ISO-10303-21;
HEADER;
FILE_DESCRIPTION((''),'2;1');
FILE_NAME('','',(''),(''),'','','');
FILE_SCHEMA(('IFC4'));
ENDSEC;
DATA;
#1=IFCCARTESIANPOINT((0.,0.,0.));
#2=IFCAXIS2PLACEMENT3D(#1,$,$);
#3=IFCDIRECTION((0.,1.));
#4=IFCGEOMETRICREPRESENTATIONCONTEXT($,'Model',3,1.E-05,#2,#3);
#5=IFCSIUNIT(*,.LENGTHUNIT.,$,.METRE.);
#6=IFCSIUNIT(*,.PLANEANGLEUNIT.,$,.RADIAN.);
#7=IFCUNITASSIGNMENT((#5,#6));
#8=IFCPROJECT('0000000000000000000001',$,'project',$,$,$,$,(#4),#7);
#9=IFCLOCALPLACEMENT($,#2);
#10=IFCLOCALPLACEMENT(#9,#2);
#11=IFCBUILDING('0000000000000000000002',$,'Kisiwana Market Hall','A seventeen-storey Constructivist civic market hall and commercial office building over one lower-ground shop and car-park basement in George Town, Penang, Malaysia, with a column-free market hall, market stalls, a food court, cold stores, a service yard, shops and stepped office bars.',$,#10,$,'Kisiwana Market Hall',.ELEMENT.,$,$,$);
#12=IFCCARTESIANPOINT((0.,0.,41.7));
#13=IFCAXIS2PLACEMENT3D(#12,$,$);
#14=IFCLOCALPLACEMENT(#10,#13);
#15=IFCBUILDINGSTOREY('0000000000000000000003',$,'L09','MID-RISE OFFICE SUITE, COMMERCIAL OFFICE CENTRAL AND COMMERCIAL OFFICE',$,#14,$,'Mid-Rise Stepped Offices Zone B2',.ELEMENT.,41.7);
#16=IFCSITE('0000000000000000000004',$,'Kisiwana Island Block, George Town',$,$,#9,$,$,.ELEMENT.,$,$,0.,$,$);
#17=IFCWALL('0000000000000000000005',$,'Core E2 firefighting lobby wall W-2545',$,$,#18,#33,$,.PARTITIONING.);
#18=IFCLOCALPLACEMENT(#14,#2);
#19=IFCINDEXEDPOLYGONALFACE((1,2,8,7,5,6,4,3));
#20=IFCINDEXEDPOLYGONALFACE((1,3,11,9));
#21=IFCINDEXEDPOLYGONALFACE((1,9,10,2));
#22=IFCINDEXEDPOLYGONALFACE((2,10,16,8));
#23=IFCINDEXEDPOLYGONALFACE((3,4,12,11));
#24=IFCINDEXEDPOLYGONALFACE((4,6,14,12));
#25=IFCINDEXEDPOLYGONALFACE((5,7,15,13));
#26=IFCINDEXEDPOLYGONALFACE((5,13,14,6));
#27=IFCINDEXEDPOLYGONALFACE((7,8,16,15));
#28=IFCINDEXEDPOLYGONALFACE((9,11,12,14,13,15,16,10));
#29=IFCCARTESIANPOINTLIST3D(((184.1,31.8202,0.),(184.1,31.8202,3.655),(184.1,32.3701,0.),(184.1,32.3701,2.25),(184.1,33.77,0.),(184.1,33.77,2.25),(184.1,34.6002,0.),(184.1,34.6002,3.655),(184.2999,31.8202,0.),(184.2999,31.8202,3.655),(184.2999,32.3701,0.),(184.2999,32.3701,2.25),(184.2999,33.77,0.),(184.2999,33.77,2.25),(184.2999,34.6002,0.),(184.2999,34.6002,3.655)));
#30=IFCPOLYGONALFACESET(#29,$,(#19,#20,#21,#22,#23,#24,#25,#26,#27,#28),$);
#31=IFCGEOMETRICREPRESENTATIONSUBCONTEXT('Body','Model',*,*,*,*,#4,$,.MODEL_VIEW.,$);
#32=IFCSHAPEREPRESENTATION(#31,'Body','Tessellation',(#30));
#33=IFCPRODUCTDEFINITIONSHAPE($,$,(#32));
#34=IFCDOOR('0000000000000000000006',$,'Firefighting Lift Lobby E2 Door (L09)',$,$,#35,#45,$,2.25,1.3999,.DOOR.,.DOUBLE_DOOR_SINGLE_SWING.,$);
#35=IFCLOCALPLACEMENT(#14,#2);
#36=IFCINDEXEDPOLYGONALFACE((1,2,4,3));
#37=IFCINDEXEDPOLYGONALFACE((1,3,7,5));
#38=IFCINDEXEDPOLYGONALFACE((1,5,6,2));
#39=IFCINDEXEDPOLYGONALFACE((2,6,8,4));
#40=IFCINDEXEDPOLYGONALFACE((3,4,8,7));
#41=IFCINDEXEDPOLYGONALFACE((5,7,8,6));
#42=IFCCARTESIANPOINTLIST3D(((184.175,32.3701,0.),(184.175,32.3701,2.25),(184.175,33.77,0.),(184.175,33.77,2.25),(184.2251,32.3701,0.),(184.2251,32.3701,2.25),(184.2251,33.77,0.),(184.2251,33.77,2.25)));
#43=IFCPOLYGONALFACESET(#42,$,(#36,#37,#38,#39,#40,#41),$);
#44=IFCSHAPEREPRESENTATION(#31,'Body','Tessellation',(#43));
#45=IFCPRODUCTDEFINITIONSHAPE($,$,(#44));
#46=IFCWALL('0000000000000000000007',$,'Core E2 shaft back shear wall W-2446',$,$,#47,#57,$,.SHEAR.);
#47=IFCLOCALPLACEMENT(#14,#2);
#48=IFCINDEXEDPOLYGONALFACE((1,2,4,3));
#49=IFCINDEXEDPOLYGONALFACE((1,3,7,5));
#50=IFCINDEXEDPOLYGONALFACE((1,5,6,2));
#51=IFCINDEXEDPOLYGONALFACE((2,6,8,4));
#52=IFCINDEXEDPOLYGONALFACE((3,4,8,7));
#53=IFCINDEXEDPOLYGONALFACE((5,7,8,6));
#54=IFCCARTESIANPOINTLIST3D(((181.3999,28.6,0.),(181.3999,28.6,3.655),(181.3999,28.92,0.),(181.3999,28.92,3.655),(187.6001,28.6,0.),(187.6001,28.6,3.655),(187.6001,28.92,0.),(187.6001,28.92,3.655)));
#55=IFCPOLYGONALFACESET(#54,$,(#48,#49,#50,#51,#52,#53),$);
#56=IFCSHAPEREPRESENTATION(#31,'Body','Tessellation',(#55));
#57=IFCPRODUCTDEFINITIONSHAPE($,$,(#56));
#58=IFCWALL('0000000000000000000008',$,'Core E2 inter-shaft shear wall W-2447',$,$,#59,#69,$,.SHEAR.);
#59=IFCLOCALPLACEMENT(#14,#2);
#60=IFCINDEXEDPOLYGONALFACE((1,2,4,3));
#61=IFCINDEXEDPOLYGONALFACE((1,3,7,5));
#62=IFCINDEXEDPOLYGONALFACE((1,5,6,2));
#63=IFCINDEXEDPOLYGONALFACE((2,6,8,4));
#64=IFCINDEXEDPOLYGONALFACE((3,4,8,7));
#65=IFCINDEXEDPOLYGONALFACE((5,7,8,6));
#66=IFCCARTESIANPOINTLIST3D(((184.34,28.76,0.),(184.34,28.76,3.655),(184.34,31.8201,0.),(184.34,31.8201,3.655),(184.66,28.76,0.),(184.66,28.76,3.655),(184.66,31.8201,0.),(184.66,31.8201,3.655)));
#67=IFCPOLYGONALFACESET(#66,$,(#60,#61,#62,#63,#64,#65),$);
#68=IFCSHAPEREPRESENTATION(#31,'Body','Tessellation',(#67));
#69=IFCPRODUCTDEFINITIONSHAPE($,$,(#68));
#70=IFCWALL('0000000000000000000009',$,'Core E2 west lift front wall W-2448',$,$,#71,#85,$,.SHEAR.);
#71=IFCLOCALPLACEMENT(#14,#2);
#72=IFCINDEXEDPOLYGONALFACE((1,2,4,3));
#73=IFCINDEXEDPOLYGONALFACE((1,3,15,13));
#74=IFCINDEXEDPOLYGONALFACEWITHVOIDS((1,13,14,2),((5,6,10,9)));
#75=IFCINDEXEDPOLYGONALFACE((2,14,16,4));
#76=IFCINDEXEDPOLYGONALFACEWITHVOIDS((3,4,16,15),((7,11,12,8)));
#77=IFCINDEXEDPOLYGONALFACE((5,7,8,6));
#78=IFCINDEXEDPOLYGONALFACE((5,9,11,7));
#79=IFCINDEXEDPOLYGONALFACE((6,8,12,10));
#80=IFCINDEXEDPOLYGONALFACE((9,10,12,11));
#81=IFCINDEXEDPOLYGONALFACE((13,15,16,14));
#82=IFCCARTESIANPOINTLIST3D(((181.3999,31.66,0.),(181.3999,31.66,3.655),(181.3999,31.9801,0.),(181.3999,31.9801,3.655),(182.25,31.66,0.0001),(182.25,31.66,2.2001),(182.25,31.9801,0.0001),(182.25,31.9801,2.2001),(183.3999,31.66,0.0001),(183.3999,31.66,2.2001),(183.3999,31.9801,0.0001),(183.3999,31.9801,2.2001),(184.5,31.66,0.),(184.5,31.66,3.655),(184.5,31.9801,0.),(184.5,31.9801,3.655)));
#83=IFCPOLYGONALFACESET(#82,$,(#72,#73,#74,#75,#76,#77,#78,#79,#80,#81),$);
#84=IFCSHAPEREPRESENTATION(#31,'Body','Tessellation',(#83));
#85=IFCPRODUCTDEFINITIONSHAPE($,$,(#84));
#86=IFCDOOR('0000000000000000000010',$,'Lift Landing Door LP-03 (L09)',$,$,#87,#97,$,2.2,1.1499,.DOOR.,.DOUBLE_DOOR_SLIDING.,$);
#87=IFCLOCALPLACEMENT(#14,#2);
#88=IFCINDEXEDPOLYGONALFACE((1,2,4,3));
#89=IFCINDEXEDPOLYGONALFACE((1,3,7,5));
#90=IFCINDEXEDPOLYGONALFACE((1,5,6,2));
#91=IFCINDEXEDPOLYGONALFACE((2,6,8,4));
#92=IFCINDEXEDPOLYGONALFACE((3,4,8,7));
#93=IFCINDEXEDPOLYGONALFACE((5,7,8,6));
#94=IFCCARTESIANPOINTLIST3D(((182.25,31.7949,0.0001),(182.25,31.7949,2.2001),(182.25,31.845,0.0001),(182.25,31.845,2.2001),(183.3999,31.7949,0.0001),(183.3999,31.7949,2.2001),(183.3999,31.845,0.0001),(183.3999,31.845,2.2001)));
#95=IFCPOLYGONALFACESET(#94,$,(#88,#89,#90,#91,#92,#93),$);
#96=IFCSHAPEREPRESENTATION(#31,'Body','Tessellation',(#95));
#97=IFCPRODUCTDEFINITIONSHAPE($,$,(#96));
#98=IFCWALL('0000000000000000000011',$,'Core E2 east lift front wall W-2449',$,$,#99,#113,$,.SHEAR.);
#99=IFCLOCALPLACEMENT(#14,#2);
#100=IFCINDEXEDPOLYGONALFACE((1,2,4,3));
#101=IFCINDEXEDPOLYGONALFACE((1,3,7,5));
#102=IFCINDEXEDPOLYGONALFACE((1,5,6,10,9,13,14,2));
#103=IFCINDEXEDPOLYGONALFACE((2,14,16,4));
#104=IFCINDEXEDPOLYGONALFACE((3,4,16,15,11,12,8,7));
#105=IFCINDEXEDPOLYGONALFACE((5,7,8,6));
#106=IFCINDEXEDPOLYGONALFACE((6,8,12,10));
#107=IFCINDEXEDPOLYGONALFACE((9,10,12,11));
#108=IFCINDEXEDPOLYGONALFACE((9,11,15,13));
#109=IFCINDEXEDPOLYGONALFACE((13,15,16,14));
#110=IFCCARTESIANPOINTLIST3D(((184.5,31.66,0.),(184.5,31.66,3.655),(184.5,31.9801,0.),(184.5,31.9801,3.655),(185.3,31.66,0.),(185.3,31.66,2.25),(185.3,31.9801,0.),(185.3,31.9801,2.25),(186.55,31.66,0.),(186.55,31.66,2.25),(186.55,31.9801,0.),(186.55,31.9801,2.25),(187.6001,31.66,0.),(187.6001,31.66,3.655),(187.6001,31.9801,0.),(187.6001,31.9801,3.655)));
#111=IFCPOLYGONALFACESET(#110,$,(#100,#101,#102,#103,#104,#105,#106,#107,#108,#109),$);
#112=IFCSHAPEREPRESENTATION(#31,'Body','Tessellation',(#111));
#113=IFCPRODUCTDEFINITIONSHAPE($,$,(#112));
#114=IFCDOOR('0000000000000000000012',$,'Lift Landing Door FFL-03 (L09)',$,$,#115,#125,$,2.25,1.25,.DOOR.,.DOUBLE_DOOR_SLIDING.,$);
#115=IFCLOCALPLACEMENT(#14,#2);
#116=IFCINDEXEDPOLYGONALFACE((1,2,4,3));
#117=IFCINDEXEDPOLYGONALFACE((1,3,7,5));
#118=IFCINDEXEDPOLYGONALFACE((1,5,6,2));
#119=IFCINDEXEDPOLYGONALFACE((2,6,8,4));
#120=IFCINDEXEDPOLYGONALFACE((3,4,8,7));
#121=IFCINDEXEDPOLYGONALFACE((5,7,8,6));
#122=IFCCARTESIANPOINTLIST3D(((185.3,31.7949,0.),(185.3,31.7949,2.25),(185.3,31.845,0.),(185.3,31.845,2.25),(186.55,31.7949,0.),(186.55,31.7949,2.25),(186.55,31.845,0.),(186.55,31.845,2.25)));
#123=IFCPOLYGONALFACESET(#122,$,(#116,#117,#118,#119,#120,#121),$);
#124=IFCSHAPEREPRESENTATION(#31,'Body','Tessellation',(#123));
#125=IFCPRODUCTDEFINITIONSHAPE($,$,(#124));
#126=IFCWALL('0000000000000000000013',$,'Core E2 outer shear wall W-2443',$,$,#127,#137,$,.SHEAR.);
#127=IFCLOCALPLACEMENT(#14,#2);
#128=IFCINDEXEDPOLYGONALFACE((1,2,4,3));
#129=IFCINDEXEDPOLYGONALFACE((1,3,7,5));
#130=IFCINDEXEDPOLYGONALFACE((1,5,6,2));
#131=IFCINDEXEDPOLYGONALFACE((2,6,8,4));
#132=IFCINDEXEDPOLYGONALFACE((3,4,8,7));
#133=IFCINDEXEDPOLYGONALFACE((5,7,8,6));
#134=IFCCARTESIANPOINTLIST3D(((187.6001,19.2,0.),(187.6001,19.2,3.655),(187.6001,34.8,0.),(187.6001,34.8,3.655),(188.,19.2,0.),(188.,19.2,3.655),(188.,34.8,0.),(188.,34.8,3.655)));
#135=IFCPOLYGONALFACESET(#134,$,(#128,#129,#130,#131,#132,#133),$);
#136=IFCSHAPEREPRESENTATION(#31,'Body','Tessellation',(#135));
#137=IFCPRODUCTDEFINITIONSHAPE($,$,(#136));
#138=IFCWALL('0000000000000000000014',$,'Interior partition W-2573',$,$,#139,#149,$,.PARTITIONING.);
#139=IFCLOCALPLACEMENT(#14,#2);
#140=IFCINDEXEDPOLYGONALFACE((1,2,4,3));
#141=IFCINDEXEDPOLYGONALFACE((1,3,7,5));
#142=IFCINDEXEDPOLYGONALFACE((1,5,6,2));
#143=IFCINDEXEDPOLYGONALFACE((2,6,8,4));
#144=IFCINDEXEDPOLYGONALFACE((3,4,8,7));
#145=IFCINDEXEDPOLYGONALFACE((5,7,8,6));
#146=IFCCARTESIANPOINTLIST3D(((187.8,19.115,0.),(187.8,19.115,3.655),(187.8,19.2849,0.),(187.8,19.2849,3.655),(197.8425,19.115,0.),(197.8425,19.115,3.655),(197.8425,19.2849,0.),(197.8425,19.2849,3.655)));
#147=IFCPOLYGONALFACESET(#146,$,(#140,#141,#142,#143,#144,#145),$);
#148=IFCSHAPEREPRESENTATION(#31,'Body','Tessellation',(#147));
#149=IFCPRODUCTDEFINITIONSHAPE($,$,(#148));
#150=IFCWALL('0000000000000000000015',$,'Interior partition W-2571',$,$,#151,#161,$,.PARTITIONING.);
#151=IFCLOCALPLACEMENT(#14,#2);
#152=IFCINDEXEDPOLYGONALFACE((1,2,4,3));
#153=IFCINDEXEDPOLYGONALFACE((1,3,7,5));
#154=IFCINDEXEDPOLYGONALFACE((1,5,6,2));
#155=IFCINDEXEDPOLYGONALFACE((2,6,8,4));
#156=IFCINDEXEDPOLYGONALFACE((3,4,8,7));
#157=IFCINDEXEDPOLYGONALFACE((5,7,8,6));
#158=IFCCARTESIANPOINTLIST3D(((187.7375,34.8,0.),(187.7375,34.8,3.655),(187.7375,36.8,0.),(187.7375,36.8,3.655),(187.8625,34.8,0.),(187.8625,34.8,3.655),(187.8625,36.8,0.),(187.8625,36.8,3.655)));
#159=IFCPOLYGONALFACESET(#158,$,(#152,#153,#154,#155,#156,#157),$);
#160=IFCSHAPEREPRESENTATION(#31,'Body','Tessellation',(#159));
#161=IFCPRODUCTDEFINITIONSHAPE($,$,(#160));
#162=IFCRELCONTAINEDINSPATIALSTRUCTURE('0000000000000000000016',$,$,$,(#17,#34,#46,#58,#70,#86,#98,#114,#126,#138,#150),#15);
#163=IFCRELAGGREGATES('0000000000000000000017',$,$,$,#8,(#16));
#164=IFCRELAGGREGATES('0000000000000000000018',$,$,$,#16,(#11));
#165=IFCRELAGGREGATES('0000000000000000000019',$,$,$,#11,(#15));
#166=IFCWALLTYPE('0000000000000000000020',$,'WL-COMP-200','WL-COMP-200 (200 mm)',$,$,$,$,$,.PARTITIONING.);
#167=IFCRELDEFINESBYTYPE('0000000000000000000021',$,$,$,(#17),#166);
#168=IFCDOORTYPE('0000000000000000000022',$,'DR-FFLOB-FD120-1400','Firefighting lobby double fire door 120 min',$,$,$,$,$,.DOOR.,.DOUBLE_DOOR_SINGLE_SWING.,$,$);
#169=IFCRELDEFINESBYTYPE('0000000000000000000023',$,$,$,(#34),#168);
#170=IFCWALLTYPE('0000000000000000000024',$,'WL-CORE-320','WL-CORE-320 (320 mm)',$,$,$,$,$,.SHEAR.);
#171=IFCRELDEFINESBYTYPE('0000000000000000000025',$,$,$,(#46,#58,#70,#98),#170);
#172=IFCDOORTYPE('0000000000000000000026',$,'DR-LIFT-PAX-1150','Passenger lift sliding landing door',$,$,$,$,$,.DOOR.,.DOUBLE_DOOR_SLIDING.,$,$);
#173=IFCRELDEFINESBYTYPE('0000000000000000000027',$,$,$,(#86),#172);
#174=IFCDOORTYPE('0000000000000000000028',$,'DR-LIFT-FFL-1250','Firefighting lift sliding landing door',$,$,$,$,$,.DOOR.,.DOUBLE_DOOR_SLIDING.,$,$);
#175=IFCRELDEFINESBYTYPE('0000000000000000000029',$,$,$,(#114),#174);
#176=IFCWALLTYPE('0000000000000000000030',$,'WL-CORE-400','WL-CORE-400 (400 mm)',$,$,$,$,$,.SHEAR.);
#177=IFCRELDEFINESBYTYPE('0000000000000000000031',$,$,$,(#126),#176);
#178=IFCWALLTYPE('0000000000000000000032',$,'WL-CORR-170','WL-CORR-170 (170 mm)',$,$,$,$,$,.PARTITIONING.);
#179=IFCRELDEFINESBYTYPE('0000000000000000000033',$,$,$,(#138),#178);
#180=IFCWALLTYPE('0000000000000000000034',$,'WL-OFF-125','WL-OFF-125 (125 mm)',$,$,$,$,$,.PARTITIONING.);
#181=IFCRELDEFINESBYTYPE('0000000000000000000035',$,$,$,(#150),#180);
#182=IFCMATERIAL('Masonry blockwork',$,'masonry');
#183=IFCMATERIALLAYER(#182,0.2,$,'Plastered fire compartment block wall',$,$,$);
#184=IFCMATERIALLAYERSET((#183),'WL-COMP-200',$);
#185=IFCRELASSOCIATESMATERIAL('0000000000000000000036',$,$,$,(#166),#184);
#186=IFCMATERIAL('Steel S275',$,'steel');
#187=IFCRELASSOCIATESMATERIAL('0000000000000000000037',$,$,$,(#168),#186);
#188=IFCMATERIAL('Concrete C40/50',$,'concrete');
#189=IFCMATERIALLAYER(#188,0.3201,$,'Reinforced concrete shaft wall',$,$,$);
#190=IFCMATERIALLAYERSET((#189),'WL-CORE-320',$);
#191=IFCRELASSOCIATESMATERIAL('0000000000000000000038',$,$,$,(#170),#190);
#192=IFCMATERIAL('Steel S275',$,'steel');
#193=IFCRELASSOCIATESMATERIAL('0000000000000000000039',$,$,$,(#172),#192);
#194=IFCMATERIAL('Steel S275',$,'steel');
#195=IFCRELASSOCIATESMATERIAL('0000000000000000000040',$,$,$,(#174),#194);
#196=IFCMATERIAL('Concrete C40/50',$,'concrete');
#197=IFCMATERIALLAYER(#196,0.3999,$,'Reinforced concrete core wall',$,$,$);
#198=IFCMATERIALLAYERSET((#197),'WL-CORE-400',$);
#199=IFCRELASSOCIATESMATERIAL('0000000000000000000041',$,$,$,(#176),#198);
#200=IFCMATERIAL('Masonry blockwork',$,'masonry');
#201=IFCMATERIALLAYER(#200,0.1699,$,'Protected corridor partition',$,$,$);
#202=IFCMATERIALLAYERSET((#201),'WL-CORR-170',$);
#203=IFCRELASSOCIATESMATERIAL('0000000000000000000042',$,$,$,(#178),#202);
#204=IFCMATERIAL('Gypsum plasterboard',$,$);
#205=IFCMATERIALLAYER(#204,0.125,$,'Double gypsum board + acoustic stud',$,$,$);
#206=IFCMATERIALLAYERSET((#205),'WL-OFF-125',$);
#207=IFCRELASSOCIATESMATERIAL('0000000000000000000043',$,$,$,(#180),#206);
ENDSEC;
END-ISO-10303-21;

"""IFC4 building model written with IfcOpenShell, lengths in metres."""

from ifc_helpers import new_model, si_unit, direction, frame, frame_2d, origin, place, context, subcontext, project, spatial, rectangle, extrude, material, layer, layer_set, type_object, element, fill, save


model = new_model("IFC4")

# Units and contexts
model_context = context("Model", 3, precision=1e-05, world=origin(), true_north=direction((0.0, 1.0)))
body_context = subcontext(model_context, "Body", "Model", "MODEL_VIEW")
ifc_project = project(units=[si_unit("LENGTHUNIT", "METRE"), si_unit("PLANEANGLEUNIT", "RADIAN")], contexts=[model_context])

# Site, building, storey
site_placement = place(None, origin())
site = spatial("IfcSite", under=ifc_project, at=site_placement, Name="Kisiwana Island Block, George Town", CompositionType="ELEMENT", RefElevation=0.0)
building_placement = place(site_placement, origin())
building = spatial("IfcBuilding", under=site, at=building_placement, Name="Kisiwana Market Hall", Description="A seventeen-storey Constructivist civic market hall and commercial office building over one lower-ground shop and car-park basement in George Town, Penang, Malaysia, with a column-free market hall, market stalls, a food court, cold stores, a service yard, shops and stepped office bars.", LongName="Kisiwana Market Hall", CompositionType="ELEMENT")
storey_placement = place(building_placement, frame((0.0, 0.0, 41.7)))
storey = spatial("IfcBuildingStorey", under=building, at=storey_placement, Name="L09", Description="MID-RISE OFFICE SUITE, COMMERCIAL OFFICE CENTRAL AND COMMERCIAL OFFICE", LongName="Mid-Rise Stepped Offices Zone B2", CompositionType="ELEMENT", Elevation=41.7)

# Wall, opening, door
ifc_material_1 = material(Name="Masonry blockwork", Category="masonry")
ifc_layer_1 = layer(ifc_material_1, 0.2, Name="Plastered fire compartment block wall")
ifc_layer_set_1 = layer_set([ifc_layer_1], Name="WL-COMP-200")
wall_type_1 = type_object("IfcWallType", Name="WL-COMP-200", Description="WL-COMP-200 (200 mm)", PredefinedType="PARTITIONING", material=ifc_layer_set_1)
wall_1_placement = place(storey_placement, frame((184.2, 31.8201, 0.0), z_axis=(0.0, 0.0, 1.0), x_axis=(0.0, 1.0, 0.0)))
wall_1 = element("IfcWall", 1, at=wall_1_placement, inside=storey, type_object=wall_type_1, Name="Core E2 firefighting lobby wall W-2545", PredefinedType="PARTITIONING", context=body_context, shape_type="SweptSolid", body=[
    extrude(rectangle(XDim=2.78, YDim=0.2, at=frame_2d((1.3901, 0.0))), origin(), (0.0, 0.0, 1.0), 3.655),
])
opening_1_placement = place(wall_1_placement, frame((0.55, 0.0, 0.0)))
opening_1 = element("IfcOpeningElement", 2, at=opening_1_placement, cuts=wall_1, PredefinedType="OPENING", context=body_context, shape_type="SweptSolid", body=[
    extrude(rectangle(XDim=1.3999, YDim=2.25, at=frame_2d((0.7, 1.125))), frame((0.0, 0.1118, 0.0), z_axis=(0.0, -1.0, 0.0), x_axis=(1.0, 0.0, 0.0)), (0.0, 0.0, 1.0), 0.2239),
])
ifc_material_2 = material(Name="Steel S275", Category="steel")
door_type_1 = type_object("IfcDoorType", Name="DR-FFLOB-FD120-1400", Description="Firefighting lobby double fire door 120 min", OperationType="DOUBLE_DOOR_SINGLE_SWING", PredefinedType="DOOR", material=ifc_material_2)
door_1_placement = place(opening_1_placement, origin())
door_1 = element("IfcDoor", 3, at=door_1_placement, inside=storey, type_object=door_type_1, Name="Firefighting Lift Lobby E2 Door (L09)", OperationType="DOUBLE_DOOR_SINGLE_SWING", OverallHeight=2.25, OverallWidth=1.3999, PredefinedType="DOOR", context=body_context, shape_type="SweptSolid", body=[
    extrude(rectangle(XDim=1.3999, YDim=2.25, at=frame_2d((0.7, 1.125))), frame((0.0, 0.0249, 0.0), z_axis=(0.0, -1.0, 0.0), x_axis=(1.0, 0.0, 0.0)), (0.0, 0.0, 1.0), 0.05),
])
fill(opening_1, door_1)

# Walls
ifc_material_3 = material(Name="Concrete C40/50", Category="concrete")
ifc_layer_2 = layer(ifc_material_3, 0.3201, Name="Reinforced concrete shaft wall")
ifc_layer_set_2 = layer_set([ifc_layer_2], Name="WL-CORE-320")
wall_type_2 = type_object("IfcWallType", Name="WL-CORE-320", Description="WL-CORE-320 (320 mm)", PredefinedType="SHEAR", material=ifc_layer_set_2)
wall_2_placement = place(storey_placement, frame((181.3999, 28.76, 0.0), z_axis=(0.0, 0.0, 1.0), x_axis=(1.0, 0.0, 0.0)))
element("IfcWall", 4, at=wall_2_placement, inside=storey, type_object=wall_type_2, Name="Core E2 shaft back shear wall W-2446", PredefinedType="SHEAR", context=body_context, shape_type="SweptSolid", body=[
    extrude(rectangle(XDim=6.2002, YDim=0.3201, at=frame_2d((3.1001, 0.0))), origin(), (0.0, 0.0, 1.0), 3.655),
])
wall_3_placement = place(storey_placement, frame((184.5, 28.76, 0.0), z_axis=(0.0, 0.0, 1.0), x_axis=(0.0, 1.0, 0.0)))
element("IfcWall", 5, at=wall_3_placement, inside=storey, type_object=wall_type_2, Name="Core E2 inter-shaft shear wall W-2447", PredefinedType="SHEAR", context=body_context, shape_type="SweptSolid", body=[
    extrude(rectangle(XDim=3.0601, YDim=0.3201, at=frame_2d((1.53, 0.0))), origin(), (0.0, 0.0, 1.0), 3.655),
])

# Walls, openings, doors
wall_4_placement = place(storey_placement, frame((181.3999, 31.8201, 0.0), z_axis=(0.0, 0.0, 1.0), x_axis=(1.0, 0.0, 0.0)))
wall_4 = element("IfcWall", 6, at=wall_4_placement, inside=storey, type_object=wall_type_2, Name="Core E2 west lift front wall W-2448", PredefinedType="SHEAR", context=body_context, shape_type="SweptSolid", body=[
    extrude(rectangle(XDim=3.1001, YDim=0.3201, at=frame_2d((1.55, 0.0))), origin(), (0.0, 0.0, 1.0), 3.655),
])
opening_2_placement = place(wall_4_placement, frame((0.8501, 0.0, 0.0)))
opening_2 = element("IfcOpeningElement", 7, at=opening_2_placement, cuts=wall_4, PredefinedType="OPENING", context=body_context, shape_type="SweptSolid", body=[
    extrude(rectangle(XDim=1.1499, YDim=2.2, at=frame_2d((0.575, 1.1001))), frame((0.0, 0.1719, 0.0), z_axis=(0.0, -1.0, 0.0), x_axis=(1.0, 0.0, 0.0)), (0.0, 0.0, 1.0), 0.344),
])
ifc_material_4 = material(Name="Steel S275", Category="steel")
door_type_2 = type_object("IfcDoorType", Name="DR-LIFT-PAX-1150", Description="Passenger lift sliding landing door", OperationType="DOUBLE_DOOR_SLIDING", PredefinedType="DOOR", material=ifc_material_4)
door_2_placement = place(opening_2_placement, origin())
door_2 = element("IfcDoor", 8, at=door_2_placement, inside=storey, type_object=door_type_2, Name="Lift Landing Door LP-03 (L09)", OperationType="DOUBLE_DOOR_SLIDING", OverallHeight=2.2, OverallWidth=1.1499, PredefinedType="DOOR", context=body_context, shape_type="SweptSolid", body=[
    extrude(rectangle(XDim=1.1499, YDim=2.2, at=frame_2d((0.575, 1.1001))), frame((0.0, 0.0249, 0.0), z_axis=(0.0, -1.0, 0.0), x_axis=(1.0, 0.0, 0.0)), (0.0, 0.0, 1.0), 0.05),
])
fill(opening_2, door_2)
wall_5_placement = place(storey_placement, frame((184.5, 31.8201, 0.0), z_axis=(0.0, 0.0, 1.0), x_axis=(1.0, 0.0, 0.0)))
wall_5 = element("IfcWall", 9, at=wall_5_placement, inside=storey, type_object=wall_type_2, Name="Core E2 east lift front wall W-2449", PredefinedType="SHEAR", context=body_context, shape_type="SweptSolid", body=[
    extrude(rectangle(XDim=3.1001, YDim=0.3201, at=frame_2d((1.55, 0.0))), origin(), (0.0, 0.0, 1.0), 3.655),
])
opening_3_placement = place(wall_5_placement, frame((0.8, 0.0, 0.0)))
opening_3 = element("IfcOpeningElement", 10, at=opening_3_placement, cuts=wall_5, PredefinedType="OPENING", context=body_context, shape_type="SweptSolid", body=[
    extrude(rectangle(XDim=1.25, YDim=2.25, at=frame_2d((0.625, 1.125))), frame((0.0, 0.1719, 0.0), z_axis=(0.0, -1.0, 0.0), x_axis=(1.0, 0.0, 0.0)), (0.0, 0.0, 1.0), 0.344),
])
ifc_material_5 = material(Name="Steel S275", Category="steel")
door_type_3 = type_object("IfcDoorType", Name="DR-LIFT-FFL-1250", Description="Firefighting lift sliding landing door", OperationType="DOUBLE_DOOR_SLIDING", PredefinedType="DOOR", material=ifc_material_5)
door_3_placement = place(opening_3_placement, origin())
door_3 = element("IfcDoor", 11, at=door_3_placement, inside=storey, type_object=door_type_3, Name="Lift Landing Door FFL-03 (L09)", OperationType="DOUBLE_DOOR_SLIDING", OverallHeight=2.25, OverallWidth=1.25, PredefinedType="DOOR", context=body_context, shape_type="SweptSolid", body=[
    extrude(rectangle(XDim=1.25, YDim=2.25, at=frame_2d((0.625, 1.125))), frame((0.0, 0.0249, 0.0), z_axis=(0.0, -1.0, 0.0), x_axis=(1.0, 0.0, 0.0)), (0.0, 0.0, 1.0), 0.05),
])
fill(opening_3, door_3)

# Walls
ifc_material_6 = material(Name="Concrete C40/50", Category="concrete")
ifc_layer_3 = layer(ifc_material_6, 0.3999, Name="Reinforced concrete core wall")
ifc_layer_set_3 = layer_set([ifc_layer_3], Name="WL-CORE-400")
wall_type_3 = type_object("IfcWallType", Name="WL-CORE-400", Description="WL-CORE-400 (400 mm)", PredefinedType="SHEAR", material=ifc_layer_set_3)
wall_6_placement = place(storey_placement, frame((187.8, 19.2, 0.0), z_axis=(0.0, 0.0, 1.0), x_axis=(0.0, 1.0, 0.0)))
element("IfcWall", 12, at=wall_6_placement, inside=storey, type_object=wall_type_3, Name="Core E2 outer shear wall W-2443", PredefinedType="SHEAR", context=body_context, shape_type="SweptSolid", body=[
    extrude(rectangle(XDim=15.6001, YDim=0.3999, at=frame_2d((7.8, 0.0))), origin(), (0.0, 0.0, 1.0), 3.655),
])
ifc_material_7 = material(Name="Masonry blockwork", Category="masonry")
ifc_layer_4 = layer(ifc_material_7, 0.1699, Name="Protected corridor partition")
ifc_layer_set_4 = layer_set([ifc_layer_4], Name="WL-CORR-170")
wall_type_4 = type_object("IfcWallType", Name="WL-CORR-170", Description="WL-CORR-170 (170 mm)", PredefinedType="PARTITIONING", material=ifc_layer_set_4)
wall_7_placement = place(storey_placement, frame((187.8, 19.2, 0.0), z_axis=(0.0, 0.0, 1.0), x_axis=(1.0, 0.0, 0.0)))
element("IfcWall", 13, at=wall_7_placement, inside=storey, type_object=wall_type_4, Name="Interior partition W-2573", PredefinedType="PARTITIONING", context=body_context, shape_type="SweptSolid", body=[
    extrude(rectangle(XDim=10.0425, YDim=0.1699, at=frame_2d((5.0212, 0.0))), origin(), (0.0, 0.0, 1.0), 3.655),
])
ifc_material_8 = material(Name="Gypsum plasterboard")
ifc_layer_5 = layer(ifc_material_8, 0.125, Name="Double gypsum board + acoustic stud")
ifc_layer_set_5 = layer_set([ifc_layer_5], Name="WL-OFF-125")
wall_type_5 = type_object("IfcWallType", Name="WL-OFF-125", Description="WL-OFF-125 (125 mm)", PredefinedType="PARTITIONING", material=ifc_layer_set_5)
wall_8_placement = place(storey_placement, frame((187.8, 34.8, 0.0), z_axis=(0.0, 0.0, 1.0), x_axis=(0.0, 1.0, 0.0)))
element("IfcWall", 14, at=wall_8_placement, inside=storey, type_object=wall_type_5, Name="Interior partition W-2571", PredefinedType="PARTITIONING", context=body_context, shape_type="SweptSolid", body=[
    extrude(rectangle(XDim=2.0, YDim=0.125, at=frame_2d((1.0, 0.0))), origin(), (0.0, 0.0, 1.0), 3.655),
])

save(model, "model.ifc")
